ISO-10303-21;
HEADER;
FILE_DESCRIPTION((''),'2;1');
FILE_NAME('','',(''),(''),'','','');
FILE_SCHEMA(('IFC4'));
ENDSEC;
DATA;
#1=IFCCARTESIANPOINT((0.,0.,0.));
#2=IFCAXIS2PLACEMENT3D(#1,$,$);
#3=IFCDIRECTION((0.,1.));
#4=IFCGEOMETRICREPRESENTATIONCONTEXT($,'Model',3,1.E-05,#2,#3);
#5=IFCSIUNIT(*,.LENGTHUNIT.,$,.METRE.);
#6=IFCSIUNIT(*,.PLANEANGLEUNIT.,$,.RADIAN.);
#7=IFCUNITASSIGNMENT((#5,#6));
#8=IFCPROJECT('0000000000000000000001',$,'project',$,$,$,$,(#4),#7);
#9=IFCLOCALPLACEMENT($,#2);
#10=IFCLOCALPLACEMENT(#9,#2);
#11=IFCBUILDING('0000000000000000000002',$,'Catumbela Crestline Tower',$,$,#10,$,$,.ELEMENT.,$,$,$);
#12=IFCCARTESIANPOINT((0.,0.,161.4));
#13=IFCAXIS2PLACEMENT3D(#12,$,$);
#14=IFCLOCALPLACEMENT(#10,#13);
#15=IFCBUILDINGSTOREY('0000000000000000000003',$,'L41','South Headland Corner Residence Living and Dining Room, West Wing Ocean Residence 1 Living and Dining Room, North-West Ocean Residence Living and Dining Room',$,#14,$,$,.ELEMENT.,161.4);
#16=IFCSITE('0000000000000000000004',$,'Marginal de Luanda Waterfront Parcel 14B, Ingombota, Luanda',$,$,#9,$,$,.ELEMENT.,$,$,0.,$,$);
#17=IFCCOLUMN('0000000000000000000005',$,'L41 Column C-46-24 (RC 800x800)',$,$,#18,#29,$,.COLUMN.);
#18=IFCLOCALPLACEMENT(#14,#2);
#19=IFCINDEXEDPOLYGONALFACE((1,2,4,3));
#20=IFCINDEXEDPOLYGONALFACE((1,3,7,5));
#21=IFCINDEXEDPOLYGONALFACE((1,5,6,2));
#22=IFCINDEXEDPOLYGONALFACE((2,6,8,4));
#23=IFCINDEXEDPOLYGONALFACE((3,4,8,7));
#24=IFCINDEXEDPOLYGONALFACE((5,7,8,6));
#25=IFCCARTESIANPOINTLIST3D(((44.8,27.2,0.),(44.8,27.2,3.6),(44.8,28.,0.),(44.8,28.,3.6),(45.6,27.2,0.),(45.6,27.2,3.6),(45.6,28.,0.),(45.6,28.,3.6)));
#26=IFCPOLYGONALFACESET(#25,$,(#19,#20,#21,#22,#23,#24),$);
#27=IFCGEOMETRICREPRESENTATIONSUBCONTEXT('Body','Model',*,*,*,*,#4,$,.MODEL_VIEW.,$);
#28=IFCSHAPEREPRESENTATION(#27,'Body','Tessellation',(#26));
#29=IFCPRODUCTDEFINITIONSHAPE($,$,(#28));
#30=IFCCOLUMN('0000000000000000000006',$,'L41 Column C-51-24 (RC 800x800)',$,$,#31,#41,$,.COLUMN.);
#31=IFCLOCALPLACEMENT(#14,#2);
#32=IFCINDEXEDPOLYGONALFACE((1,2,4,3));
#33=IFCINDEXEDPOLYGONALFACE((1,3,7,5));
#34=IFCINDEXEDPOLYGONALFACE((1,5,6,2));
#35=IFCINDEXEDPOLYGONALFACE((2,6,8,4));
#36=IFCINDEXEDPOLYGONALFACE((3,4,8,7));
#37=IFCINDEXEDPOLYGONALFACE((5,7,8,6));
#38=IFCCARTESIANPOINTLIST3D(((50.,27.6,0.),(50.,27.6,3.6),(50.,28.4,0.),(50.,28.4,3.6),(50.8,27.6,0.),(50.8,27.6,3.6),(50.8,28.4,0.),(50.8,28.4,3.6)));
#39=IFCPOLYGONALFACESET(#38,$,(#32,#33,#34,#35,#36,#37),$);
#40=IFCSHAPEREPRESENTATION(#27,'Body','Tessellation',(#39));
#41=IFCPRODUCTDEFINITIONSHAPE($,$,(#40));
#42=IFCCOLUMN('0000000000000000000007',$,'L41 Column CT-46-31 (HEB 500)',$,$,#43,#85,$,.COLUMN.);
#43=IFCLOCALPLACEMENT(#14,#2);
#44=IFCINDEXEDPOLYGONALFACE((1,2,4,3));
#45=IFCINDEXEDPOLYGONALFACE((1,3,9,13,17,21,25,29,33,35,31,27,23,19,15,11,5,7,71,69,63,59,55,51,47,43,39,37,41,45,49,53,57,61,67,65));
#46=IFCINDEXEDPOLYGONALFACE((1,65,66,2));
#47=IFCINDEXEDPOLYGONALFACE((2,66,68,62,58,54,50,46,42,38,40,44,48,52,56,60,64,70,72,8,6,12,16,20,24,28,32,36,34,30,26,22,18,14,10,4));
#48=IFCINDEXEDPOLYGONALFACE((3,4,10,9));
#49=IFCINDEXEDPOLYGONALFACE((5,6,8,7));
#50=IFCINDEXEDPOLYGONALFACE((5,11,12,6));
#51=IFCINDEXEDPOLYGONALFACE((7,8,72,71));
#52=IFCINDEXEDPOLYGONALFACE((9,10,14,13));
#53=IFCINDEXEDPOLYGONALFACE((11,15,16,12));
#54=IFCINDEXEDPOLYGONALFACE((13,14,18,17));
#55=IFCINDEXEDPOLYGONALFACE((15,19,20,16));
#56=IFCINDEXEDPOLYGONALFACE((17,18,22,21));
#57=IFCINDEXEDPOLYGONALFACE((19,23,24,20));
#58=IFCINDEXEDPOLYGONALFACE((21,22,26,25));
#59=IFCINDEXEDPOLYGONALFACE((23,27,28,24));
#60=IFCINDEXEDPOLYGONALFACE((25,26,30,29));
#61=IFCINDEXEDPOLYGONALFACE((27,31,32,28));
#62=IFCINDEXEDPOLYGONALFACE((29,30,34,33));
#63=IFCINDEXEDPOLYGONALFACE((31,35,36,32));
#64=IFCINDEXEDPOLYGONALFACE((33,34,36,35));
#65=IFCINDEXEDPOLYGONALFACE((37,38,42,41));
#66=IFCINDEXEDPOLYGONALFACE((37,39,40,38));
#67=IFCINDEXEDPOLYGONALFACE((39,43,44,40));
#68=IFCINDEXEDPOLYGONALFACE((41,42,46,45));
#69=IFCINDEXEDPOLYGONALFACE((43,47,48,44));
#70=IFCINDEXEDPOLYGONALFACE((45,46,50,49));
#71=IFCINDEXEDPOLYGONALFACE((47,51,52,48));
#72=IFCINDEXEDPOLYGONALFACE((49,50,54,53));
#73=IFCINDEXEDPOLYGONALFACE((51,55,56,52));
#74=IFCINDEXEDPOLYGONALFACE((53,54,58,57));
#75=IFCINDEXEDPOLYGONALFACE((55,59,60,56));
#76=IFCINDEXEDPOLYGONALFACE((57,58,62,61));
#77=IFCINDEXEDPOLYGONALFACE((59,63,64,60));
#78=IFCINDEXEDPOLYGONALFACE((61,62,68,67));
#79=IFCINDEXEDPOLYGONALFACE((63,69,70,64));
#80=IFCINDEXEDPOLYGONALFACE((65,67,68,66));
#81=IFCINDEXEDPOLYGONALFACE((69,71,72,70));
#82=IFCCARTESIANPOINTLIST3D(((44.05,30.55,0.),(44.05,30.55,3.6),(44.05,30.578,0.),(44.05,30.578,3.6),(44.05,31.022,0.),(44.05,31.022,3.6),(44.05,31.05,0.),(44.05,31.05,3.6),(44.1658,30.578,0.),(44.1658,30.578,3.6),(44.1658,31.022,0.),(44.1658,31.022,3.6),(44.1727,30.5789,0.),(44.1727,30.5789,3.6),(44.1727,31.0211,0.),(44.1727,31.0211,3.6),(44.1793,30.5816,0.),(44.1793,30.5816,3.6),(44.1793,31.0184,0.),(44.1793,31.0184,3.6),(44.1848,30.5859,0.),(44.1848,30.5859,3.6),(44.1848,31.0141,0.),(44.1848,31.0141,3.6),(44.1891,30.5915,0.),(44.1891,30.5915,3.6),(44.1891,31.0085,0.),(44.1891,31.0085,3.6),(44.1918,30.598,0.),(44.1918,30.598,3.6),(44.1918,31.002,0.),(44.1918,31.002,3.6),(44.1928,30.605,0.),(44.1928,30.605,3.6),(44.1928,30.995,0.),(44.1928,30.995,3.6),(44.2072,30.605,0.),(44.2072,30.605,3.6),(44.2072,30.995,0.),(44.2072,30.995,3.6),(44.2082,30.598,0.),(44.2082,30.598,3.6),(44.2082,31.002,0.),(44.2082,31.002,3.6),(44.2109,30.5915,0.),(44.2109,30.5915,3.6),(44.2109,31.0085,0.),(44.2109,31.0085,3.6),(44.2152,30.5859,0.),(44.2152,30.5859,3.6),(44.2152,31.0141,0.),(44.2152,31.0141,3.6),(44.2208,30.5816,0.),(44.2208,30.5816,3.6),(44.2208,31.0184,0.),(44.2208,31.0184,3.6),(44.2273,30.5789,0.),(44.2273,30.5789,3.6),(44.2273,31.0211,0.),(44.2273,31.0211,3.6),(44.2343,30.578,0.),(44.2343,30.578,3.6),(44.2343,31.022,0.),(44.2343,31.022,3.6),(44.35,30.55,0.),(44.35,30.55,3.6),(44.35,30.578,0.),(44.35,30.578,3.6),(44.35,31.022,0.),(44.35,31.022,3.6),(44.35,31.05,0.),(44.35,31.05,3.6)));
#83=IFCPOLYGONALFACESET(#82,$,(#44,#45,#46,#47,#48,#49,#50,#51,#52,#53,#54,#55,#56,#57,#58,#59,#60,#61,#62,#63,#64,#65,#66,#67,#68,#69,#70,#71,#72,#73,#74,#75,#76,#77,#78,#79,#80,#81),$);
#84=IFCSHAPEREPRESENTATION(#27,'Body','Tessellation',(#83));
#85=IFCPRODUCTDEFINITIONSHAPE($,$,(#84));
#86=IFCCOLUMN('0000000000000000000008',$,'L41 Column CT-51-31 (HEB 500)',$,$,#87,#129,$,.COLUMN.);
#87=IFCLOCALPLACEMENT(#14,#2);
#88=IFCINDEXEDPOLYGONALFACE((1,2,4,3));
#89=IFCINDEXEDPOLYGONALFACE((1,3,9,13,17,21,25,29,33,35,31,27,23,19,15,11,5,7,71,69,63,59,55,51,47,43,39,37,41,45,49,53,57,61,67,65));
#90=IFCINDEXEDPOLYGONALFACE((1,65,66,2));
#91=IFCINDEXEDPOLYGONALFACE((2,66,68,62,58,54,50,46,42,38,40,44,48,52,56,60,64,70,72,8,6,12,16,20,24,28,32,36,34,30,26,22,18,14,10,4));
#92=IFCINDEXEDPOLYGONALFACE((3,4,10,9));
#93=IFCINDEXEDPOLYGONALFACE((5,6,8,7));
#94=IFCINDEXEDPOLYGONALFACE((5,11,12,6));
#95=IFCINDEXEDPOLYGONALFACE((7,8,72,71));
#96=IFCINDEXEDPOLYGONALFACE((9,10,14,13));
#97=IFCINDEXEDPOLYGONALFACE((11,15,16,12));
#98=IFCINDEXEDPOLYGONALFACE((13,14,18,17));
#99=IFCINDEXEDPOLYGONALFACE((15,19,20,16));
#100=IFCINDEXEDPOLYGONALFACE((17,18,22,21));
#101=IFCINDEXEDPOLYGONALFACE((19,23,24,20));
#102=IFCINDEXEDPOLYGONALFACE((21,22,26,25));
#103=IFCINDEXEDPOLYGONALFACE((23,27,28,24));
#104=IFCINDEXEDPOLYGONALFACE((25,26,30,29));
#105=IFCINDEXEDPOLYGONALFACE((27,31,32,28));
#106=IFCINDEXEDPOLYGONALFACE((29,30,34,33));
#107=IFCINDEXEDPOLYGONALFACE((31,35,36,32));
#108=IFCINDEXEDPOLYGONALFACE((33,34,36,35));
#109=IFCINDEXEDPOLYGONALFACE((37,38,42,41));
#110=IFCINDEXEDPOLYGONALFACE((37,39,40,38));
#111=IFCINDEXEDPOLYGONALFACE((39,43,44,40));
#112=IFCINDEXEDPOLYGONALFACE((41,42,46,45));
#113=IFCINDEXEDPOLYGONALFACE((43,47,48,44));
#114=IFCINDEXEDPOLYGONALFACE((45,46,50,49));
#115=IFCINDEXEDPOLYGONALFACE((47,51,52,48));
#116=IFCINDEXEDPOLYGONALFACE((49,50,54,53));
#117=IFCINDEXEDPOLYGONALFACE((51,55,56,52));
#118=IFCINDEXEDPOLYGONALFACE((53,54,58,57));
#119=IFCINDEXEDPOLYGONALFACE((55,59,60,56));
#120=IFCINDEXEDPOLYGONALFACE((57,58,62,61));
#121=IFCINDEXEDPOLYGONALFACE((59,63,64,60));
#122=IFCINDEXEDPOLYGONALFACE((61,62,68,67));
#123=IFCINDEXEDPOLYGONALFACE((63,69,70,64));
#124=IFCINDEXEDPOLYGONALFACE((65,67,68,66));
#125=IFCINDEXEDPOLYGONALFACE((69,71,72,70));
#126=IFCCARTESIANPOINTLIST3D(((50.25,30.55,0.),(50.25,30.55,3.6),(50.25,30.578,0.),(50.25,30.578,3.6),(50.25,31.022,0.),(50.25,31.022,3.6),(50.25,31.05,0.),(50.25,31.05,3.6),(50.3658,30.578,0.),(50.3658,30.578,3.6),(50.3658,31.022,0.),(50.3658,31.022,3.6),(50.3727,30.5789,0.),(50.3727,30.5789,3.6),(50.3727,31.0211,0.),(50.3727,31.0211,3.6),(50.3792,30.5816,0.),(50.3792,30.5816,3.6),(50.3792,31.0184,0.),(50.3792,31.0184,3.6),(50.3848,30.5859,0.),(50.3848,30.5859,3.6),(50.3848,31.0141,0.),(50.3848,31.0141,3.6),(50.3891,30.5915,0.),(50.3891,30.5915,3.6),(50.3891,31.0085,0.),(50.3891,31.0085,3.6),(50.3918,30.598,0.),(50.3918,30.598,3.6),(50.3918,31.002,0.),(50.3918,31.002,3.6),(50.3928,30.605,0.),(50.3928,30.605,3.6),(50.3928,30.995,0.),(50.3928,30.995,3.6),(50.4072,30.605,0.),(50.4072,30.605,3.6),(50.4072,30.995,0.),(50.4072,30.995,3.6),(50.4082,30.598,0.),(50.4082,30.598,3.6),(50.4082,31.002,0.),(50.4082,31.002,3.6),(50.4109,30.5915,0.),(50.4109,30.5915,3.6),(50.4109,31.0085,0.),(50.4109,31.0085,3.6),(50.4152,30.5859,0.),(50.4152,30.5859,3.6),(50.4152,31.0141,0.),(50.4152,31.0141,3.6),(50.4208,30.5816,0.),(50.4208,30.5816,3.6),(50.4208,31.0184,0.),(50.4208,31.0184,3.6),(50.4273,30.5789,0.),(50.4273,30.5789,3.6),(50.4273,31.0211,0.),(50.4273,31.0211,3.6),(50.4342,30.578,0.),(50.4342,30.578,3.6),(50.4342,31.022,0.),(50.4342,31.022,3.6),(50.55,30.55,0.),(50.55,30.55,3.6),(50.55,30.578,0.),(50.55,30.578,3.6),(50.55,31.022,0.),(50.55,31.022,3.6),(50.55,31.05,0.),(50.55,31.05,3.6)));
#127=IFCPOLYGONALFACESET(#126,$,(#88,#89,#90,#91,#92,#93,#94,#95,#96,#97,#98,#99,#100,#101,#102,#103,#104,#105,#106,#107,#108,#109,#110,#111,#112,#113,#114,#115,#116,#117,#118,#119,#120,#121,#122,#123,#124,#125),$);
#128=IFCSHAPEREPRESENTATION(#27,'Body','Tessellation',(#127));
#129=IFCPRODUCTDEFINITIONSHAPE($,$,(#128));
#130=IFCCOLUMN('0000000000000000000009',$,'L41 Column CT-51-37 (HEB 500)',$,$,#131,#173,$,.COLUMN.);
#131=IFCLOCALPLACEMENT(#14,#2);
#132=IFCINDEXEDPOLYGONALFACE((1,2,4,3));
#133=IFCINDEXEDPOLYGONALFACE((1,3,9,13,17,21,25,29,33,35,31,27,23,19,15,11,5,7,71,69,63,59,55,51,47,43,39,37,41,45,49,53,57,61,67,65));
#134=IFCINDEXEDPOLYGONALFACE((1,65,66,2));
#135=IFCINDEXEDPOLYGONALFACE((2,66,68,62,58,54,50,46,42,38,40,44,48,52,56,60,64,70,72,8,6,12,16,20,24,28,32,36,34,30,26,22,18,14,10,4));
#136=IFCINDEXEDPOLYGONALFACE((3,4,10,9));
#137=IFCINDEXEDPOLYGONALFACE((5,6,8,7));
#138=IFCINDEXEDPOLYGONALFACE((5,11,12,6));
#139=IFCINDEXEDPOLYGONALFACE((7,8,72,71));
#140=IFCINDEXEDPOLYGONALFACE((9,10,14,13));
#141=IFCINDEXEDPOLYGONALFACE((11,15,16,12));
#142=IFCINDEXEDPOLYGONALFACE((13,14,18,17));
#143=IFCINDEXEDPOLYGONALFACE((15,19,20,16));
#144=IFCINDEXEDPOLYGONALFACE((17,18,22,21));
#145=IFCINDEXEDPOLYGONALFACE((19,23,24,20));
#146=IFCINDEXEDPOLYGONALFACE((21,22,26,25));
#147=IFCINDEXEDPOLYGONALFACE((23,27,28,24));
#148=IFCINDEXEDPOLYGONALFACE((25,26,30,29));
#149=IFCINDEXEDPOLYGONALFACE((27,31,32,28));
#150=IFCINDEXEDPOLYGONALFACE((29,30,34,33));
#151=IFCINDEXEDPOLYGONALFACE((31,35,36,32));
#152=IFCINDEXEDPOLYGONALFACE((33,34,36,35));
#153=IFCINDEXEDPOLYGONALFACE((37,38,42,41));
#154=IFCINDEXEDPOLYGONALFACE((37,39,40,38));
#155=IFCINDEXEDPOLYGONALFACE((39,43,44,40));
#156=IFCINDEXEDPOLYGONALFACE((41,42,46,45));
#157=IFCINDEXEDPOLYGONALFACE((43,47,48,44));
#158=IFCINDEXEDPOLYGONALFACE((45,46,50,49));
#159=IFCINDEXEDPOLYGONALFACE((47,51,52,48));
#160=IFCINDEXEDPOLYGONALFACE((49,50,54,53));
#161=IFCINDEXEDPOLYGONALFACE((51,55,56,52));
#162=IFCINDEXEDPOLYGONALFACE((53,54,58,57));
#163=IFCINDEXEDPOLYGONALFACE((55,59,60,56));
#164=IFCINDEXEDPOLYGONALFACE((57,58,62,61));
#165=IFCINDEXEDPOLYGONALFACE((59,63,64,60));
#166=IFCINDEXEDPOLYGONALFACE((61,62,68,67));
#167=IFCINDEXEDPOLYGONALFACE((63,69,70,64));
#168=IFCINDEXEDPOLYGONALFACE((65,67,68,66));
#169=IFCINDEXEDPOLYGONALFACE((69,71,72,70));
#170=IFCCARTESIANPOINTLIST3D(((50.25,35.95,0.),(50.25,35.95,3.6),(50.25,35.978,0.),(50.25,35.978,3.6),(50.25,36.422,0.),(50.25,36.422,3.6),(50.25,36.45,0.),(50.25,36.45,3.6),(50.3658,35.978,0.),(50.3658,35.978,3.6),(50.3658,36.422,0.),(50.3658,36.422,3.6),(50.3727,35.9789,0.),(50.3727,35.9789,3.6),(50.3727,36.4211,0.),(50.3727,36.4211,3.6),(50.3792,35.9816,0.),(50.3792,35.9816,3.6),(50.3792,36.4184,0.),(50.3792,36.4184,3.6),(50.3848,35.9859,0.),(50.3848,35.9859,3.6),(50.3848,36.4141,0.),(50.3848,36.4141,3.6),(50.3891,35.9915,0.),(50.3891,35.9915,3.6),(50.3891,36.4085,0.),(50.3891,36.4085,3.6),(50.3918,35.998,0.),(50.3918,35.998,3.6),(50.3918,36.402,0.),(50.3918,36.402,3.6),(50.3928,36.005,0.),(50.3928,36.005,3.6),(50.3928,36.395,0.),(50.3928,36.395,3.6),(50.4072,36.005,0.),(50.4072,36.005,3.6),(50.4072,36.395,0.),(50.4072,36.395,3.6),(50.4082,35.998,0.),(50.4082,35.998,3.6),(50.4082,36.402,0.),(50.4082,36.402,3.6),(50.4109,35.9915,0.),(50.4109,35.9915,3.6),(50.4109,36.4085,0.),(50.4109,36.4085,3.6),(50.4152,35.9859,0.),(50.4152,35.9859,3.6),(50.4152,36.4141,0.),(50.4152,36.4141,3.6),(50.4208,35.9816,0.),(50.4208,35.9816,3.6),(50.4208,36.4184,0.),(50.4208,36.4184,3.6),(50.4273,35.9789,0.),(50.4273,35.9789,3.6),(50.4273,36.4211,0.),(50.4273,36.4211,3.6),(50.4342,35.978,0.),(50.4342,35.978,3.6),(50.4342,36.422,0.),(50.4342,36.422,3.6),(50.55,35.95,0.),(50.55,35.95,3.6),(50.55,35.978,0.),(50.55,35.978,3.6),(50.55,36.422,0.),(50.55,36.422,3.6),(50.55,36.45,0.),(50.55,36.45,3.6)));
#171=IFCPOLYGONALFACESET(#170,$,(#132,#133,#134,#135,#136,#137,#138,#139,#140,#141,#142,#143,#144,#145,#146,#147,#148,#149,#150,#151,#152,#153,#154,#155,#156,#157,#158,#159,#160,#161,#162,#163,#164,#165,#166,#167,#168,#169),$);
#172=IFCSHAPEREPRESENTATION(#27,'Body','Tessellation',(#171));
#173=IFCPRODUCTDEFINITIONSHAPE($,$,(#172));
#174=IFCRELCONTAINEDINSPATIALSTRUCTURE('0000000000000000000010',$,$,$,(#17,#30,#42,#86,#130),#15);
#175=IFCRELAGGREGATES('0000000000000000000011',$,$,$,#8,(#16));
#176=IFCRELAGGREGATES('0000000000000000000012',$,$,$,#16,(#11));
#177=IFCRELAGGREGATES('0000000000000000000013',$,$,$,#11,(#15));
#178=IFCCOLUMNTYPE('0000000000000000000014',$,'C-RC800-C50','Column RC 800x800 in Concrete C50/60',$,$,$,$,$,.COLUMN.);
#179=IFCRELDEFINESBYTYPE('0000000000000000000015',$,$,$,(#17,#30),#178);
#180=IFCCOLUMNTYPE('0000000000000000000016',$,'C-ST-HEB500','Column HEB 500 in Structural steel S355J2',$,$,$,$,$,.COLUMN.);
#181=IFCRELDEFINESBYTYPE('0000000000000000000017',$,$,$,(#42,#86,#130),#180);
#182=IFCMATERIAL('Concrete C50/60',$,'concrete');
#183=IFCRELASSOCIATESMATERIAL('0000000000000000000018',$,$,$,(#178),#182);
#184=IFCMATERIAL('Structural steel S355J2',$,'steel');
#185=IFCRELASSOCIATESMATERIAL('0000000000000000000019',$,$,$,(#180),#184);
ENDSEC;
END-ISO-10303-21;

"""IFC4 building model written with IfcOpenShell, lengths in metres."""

from ifc_helpers import new_model, si_unit, direction, frame, origin, origin_2d, place, context, subcontext, project, spatial, rectangle, i_section, extrude, material, material_profile, profile_set, type_object, element, save


model = new_model("IFC4")

# Units and contexts
model_context = context("Model", 3, precision=1e-05, world=origin(), true_north=direction((0.0, 1.0)))
body_context = subcontext(model_context, "Body", "Model", "MODEL_VIEW")
ifc_project = project(units=[si_unit("LENGTHUNIT", "METRE"), si_unit("PLANEANGLEUNIT", "RADIAN")], contexts=[model_context])

# Site, building, storey
site_placement = place(None, origin())
site = spatial("IfcSite", under=ifc_project, at=site_placement, Name="Marginal de Luanda Waterfront Parcel 14B, Ingombota, Luanda", CompositionType="ELEMENT", RefElevation=0.0)
building_placement = place(site_placement, origin())
building = spatial("IfcBuilding", under=site, at=building_placement, Name="Catumbela Crestline Tower", CompositionType="ELEMENT")
storey_placement = place(building_placement, frame((0.0, 0.0, 161.4)))
storey = spatial("IfcBuildingStorey", under=building, at=storey_placement, Name="L41", Description="South Headland Corner Residence Living and Dining Room, West Wing Ocean Residence 1 Living and Dining Room, North-West Ocean Residence Living and Dining Room", CompositionType="ELEMENT", Elevation=161.4)

# Columns
ifc_material_1 = material(Name="Concrete C50/60", Category="concrete")
ifc_material_profile_1 = material_profile(ifc_material_1, rectangle(XDim=0.8, YDim=0.8, at=origin_2d()), Name="RC 800x800")
ifc_profile_set_1 = profile_set([ifc_material_profile_1], Name="Concrete C50/60")
column_type_1 = type_object("IfcColumnType", Name="C-RC800-C50", Description="Column RC 800x800 in Concrete C50/60", PredefinedType="COLUMN", material=ifc_profile_set_1)
for number, where, z_axis, x_axis, name in (
    (1, (45.2, 27.6, 0.0), (0.0, 0.0, 1.0), (1.0, 0.0, 0.0), "L41 Column C-46-24 (RC 800x800)"),
    (2, (50.4, 28.0, 0.0), (0.0, 0.0, 1.0), (1.0, 0.0, 0.0), "L41 Column C-51-24 (RC 800x800)"),
):
    element("IfcColumn", number, at=place(storey_placement, frame(where, z_axis=z_axis, x_axis=x_axis)), inside=storey, type_object=column_type_1, Name=name, PredefinedType="COLUMN", context=body_context, shape_type="SweptSolid", body=[
        extrude(rectangle(XDim=0.8, YDim=0.8, at=origin_2d()), origin(), (0.0, 0.0, 1.0), 3.6),
    ])
ifc_material_2 = material(Name="Structural steel S355J2", Category="steel")
ifc_material_profile_2 = material_profile(ifc_material_2, i_section(OverallWidth=0.3, OverallDepth=0.5, WebThickness=0.0145, FlangeThickness=0.028, FilletRadius=0.027, at=origin_2d()), Name="HEB 500")
ifc_profile_set_2 = profile_set([ifc_material_profile_2], Name="Structural steel S355J2")
column_type_2 = type_object("IfcColumnType", Name="C-ST-HEB500", Description="Column HEB 500 in Structural steel S355J2", PredefinedType="COLUMN", material=ifc_profile_set_2)
for number, where, z_axis, x_axis, name in (
    (3, (44.2, 30.8, 0.0), (0.0, 0.0, 1.0), (1.0, 0.0, 0.0), "L41 Column CT-46-31 (HEB 500)"),
    (4, (50.4, 30.8, 0.0), (0.0, 0.0, 1.0), (1.0, 0.0, 0.0), "L41 Column CT-51-31 (HEB 500)"),
    (5, (50.4, 36.2, 0.0), (0.0, 0.0, 1.0), (1.0, 0.0, 0.0), "L41 Column CT-51-37 (HEB 500)"),
):
    element("IfcColumn", number, at=place(storey_placement, frame(where, z_axis=z_axis, x_axis=x_axis)), inside=storey, type_object=column_type_2, Name=name, PredefinedType="COLUMN", context=body_context, shape_type="SweptSolid", body=[
        extrude(i_section(OverallWidth=0.3, OverallDepth=0.5, WebThickness=0.0145, FlangeThickness=0.028, FilletRadius=0.027, at=origin_2d()), origin(), (0.0, 0.0, 1.0), 3.6),
    ])

save(model, "model.ifc")
